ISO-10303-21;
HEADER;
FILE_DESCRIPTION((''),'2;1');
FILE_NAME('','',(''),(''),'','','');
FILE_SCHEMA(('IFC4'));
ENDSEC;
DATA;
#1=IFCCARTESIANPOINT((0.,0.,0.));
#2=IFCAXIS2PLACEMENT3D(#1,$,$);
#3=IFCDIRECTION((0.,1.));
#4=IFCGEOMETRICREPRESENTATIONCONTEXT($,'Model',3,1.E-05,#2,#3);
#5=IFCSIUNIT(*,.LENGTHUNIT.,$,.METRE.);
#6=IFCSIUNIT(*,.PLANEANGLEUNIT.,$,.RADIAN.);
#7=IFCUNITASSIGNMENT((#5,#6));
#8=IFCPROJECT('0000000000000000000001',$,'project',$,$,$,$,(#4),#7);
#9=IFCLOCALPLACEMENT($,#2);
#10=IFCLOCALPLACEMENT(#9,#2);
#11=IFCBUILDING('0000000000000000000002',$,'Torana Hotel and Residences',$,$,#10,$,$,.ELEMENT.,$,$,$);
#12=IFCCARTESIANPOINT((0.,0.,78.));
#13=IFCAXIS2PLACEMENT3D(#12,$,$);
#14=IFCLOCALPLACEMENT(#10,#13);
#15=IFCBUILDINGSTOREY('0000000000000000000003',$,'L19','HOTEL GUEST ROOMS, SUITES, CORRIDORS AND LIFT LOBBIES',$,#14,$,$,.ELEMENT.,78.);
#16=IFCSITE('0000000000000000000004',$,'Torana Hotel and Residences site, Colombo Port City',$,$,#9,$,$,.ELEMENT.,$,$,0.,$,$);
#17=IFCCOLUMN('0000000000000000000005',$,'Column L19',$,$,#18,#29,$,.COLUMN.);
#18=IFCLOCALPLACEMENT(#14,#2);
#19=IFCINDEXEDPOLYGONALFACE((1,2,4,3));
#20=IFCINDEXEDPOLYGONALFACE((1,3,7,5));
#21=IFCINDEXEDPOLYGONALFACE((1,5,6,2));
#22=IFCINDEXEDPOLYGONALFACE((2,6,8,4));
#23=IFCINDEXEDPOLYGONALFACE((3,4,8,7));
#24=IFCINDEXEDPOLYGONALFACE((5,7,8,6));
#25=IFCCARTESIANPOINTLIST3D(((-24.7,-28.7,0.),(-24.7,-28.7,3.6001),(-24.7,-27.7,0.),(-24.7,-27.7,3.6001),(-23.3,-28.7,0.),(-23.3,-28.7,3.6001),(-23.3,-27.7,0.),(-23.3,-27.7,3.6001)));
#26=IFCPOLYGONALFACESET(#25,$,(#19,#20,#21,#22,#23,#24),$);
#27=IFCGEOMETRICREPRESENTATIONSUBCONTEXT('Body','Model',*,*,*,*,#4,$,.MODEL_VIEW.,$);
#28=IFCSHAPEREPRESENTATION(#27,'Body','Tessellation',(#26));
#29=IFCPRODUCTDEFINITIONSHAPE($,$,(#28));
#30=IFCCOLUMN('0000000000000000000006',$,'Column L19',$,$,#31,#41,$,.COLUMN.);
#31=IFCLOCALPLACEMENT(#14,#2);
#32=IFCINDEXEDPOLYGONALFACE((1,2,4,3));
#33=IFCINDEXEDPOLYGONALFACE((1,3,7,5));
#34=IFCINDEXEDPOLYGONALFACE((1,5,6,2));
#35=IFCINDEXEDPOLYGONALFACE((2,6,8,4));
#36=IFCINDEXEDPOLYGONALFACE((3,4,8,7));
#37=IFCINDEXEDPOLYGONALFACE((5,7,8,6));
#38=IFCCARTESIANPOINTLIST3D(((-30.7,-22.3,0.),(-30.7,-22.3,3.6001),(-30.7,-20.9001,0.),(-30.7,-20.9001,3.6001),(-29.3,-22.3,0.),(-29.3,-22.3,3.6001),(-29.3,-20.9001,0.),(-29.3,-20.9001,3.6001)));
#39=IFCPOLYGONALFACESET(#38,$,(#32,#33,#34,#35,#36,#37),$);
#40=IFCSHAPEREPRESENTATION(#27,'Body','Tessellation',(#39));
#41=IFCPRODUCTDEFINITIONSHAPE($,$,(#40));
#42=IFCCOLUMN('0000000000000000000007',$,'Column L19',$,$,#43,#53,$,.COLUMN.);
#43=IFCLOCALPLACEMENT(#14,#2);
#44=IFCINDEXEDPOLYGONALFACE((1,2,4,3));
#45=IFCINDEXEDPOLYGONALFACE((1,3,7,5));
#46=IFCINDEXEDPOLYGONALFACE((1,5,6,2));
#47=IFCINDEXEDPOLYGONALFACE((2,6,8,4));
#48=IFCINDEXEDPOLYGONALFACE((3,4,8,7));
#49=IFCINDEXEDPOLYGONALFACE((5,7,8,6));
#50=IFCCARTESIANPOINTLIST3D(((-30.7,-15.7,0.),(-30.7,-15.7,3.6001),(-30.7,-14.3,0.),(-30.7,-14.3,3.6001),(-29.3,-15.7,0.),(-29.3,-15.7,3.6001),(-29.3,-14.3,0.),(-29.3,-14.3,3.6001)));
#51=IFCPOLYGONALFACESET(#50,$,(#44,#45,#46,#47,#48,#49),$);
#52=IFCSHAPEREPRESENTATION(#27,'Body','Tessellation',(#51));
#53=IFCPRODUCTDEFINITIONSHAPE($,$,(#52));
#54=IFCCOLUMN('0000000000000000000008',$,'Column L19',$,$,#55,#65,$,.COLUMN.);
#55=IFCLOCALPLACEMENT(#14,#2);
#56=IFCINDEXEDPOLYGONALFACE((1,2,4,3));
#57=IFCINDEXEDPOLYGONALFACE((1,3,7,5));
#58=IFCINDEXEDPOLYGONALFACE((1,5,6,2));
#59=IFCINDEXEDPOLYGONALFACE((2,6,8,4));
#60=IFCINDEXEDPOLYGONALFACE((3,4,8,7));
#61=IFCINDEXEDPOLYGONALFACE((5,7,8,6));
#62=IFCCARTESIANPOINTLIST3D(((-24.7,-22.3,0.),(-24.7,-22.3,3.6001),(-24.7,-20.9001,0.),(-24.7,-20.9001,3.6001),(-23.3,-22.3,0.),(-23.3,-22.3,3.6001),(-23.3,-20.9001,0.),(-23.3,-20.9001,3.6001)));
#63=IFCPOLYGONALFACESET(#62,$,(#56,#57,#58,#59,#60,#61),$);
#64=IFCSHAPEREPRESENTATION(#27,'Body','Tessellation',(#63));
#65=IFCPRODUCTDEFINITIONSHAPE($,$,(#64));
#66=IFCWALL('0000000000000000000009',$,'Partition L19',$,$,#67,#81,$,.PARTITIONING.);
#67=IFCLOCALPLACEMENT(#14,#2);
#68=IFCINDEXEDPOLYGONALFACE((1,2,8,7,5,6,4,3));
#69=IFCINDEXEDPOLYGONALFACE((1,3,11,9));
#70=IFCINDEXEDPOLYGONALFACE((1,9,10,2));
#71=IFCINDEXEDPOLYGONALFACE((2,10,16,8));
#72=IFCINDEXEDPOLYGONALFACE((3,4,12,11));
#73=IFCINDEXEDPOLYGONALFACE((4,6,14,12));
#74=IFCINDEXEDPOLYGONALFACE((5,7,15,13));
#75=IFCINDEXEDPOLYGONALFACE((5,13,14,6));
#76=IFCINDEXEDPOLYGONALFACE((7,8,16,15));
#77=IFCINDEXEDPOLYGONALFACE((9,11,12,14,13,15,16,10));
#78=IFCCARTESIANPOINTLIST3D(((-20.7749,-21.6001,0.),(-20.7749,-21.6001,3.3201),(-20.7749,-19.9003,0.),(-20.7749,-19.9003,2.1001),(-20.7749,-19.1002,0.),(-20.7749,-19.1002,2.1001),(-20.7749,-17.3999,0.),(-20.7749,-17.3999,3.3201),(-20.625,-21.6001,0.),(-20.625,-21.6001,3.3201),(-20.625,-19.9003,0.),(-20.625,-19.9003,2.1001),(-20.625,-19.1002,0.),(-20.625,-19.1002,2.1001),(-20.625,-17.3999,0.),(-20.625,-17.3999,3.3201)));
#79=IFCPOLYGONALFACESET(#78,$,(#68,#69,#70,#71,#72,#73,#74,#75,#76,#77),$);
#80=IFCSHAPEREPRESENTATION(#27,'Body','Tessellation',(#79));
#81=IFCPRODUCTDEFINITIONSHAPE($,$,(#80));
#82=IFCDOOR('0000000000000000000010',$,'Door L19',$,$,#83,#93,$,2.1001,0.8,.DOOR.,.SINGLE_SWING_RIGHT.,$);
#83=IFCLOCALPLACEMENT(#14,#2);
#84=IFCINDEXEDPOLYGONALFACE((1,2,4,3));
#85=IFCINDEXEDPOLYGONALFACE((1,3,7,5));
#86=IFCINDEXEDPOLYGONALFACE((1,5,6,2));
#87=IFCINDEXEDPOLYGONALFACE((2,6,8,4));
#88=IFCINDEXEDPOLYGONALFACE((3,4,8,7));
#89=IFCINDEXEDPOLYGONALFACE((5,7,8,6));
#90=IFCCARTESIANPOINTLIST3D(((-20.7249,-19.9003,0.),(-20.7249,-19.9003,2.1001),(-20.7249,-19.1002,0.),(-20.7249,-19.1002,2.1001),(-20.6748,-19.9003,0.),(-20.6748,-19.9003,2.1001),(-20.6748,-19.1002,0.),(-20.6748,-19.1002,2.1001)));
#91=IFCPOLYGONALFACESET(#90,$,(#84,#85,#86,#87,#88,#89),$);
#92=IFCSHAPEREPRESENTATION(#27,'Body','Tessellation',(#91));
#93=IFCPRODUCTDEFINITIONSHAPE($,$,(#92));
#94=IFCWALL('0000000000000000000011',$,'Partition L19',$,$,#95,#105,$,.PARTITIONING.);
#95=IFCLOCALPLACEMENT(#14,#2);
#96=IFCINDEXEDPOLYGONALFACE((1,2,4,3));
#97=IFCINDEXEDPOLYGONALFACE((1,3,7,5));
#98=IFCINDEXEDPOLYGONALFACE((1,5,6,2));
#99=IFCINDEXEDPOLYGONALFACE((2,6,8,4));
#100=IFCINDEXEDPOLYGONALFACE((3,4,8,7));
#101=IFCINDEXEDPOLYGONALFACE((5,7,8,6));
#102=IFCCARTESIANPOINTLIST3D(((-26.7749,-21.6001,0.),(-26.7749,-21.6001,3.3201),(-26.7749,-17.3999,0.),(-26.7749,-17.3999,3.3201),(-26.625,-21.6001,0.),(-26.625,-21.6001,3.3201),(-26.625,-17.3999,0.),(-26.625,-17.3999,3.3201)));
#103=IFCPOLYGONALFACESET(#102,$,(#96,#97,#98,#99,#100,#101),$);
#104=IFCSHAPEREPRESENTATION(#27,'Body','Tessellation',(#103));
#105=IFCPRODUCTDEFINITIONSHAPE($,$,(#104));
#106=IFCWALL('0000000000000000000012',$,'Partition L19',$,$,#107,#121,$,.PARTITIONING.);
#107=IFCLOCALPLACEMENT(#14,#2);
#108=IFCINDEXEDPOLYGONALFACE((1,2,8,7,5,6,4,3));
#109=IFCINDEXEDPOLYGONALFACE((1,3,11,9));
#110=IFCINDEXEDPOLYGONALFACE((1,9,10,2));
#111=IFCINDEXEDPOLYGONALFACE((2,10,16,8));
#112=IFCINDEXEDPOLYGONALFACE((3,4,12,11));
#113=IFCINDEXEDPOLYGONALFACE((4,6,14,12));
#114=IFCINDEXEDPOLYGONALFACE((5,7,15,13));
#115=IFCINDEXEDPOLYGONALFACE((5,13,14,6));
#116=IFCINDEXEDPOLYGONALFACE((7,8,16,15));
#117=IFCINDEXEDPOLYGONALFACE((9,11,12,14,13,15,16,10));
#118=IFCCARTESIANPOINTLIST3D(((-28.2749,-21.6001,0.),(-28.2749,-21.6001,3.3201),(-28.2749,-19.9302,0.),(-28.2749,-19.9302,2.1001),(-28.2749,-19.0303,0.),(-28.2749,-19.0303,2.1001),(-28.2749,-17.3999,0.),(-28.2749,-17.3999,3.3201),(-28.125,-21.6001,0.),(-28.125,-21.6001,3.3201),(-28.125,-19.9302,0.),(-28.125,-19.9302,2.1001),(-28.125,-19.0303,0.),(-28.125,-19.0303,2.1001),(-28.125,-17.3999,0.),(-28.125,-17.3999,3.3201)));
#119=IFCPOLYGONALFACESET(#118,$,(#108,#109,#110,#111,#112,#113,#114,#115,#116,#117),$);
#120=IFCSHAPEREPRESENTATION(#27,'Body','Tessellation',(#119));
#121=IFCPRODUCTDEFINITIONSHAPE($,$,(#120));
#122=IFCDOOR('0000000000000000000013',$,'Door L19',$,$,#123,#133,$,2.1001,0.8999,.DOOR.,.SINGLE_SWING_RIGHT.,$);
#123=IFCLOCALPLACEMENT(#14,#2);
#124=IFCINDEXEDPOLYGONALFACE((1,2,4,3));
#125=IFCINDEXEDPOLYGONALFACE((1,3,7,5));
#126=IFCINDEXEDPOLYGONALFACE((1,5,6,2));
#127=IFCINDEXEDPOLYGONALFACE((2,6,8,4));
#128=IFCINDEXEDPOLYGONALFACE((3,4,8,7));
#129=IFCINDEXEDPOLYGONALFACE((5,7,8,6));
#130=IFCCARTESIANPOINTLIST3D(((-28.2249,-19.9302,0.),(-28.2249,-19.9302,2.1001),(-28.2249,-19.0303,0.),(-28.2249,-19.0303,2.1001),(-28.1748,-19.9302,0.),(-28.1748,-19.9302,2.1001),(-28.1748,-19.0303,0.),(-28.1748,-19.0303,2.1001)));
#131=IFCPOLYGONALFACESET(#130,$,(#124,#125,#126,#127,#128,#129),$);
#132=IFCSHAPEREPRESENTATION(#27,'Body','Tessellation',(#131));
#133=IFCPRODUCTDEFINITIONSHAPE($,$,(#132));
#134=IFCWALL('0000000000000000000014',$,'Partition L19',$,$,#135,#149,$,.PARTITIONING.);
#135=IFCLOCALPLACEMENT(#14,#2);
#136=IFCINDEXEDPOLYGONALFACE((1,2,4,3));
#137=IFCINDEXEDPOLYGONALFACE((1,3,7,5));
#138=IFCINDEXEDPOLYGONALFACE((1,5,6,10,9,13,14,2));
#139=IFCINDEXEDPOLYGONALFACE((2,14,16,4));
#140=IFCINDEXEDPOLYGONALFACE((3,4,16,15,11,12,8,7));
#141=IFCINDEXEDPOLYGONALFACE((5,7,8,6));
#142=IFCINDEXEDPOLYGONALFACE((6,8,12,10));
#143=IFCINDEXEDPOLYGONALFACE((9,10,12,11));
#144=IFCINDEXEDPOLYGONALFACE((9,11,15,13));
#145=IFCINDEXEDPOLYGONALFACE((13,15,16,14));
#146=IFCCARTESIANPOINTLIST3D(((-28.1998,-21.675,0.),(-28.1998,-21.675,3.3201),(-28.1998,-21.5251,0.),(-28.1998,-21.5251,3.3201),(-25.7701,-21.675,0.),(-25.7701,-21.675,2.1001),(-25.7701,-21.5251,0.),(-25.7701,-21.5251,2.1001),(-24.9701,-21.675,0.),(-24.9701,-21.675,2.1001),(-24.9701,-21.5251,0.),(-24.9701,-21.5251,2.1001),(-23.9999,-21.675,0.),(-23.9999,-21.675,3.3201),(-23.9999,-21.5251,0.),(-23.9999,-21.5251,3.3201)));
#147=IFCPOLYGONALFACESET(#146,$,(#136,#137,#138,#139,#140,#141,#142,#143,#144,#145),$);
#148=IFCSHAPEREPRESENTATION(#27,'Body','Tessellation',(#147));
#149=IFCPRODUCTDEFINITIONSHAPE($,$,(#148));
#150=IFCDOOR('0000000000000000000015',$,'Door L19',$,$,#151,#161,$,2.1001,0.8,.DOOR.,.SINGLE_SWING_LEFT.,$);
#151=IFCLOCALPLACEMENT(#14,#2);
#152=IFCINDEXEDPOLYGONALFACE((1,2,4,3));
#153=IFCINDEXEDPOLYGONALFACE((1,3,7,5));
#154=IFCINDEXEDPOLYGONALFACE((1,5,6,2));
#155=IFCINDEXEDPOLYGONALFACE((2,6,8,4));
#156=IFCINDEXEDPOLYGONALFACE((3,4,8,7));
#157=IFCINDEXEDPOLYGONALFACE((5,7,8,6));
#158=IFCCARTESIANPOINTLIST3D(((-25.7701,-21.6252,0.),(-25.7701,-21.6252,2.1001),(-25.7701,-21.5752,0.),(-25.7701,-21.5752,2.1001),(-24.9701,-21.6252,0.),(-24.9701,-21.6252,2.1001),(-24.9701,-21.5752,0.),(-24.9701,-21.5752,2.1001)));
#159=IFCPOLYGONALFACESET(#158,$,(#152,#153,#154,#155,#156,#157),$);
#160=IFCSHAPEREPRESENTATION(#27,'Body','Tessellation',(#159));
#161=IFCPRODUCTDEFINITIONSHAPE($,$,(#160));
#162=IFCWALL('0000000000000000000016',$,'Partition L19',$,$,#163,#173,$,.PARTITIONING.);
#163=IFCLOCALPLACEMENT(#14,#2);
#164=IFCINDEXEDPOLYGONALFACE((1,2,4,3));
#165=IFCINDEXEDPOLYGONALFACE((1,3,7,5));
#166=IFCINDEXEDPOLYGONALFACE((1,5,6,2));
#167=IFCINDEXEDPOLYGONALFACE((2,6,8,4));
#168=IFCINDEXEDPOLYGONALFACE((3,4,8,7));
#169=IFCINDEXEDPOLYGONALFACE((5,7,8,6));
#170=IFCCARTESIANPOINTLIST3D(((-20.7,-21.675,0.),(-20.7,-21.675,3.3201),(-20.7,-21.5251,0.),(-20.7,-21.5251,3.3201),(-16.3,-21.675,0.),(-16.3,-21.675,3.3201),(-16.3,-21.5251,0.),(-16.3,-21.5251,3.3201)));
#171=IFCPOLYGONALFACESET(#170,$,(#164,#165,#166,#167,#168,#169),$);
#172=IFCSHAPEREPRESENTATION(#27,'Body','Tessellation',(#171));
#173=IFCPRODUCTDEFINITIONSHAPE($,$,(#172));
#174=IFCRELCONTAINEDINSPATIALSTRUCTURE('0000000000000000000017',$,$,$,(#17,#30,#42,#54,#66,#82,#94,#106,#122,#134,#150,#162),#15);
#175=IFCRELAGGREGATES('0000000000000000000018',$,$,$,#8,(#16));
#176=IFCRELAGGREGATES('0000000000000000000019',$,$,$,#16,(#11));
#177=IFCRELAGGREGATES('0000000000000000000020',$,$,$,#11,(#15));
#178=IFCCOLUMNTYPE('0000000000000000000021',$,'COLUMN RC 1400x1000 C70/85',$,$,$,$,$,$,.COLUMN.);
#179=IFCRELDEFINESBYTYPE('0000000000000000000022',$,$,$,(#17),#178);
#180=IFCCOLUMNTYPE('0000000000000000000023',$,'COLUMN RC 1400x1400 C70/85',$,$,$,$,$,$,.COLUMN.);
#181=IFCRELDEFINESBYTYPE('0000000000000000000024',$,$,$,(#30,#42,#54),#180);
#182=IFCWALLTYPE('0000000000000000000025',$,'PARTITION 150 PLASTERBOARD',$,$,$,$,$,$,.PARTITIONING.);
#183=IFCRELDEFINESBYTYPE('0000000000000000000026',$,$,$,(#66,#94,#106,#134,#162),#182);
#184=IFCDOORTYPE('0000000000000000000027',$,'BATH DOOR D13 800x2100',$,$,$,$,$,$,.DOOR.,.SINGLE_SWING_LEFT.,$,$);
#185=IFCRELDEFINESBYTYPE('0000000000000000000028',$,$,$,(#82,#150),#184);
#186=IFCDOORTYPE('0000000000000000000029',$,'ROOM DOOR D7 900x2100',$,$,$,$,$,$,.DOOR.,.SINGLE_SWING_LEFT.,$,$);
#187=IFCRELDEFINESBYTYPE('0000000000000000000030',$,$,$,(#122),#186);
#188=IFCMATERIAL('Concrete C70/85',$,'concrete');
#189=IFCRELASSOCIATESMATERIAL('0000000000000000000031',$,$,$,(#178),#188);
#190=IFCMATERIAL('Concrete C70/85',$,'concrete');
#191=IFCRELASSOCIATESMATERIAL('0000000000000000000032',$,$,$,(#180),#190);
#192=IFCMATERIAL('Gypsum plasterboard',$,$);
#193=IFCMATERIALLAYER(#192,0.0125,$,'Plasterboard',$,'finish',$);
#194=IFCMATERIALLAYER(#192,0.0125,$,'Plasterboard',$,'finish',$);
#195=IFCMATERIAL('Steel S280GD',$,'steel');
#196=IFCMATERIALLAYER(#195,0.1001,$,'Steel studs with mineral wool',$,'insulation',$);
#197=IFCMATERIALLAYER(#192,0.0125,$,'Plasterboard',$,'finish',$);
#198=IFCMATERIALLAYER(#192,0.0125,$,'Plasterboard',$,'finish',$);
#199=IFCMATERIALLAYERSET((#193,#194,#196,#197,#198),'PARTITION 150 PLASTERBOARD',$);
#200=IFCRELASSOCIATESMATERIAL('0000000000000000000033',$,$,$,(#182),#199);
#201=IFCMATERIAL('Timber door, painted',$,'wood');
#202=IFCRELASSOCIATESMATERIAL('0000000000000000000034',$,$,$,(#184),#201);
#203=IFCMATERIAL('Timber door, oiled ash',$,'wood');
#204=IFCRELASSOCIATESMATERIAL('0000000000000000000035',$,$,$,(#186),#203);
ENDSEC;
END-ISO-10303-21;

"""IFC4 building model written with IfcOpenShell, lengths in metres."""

from ifc_helpers import new_model, si_unit, direction, frame, frame_2d, origin, origin_2d, place, context, subcontext, project, spatial, rectangle, extrude, material, layer, layer_set, material_profile, profile_set, type_object, element, fill, save


model = new_model("IFC4")

# Units and contexts
model_context = context("Model", 3, precision=1e-05, world=origin(), true_north=direction((0.0, 1.0)))
body_context = subcontext(model_context, "Body", "Model", "MODEL_VIEW")
ifc_project = project(units=[si_unit("LENGTHUNIT", "METRE"), si_unit("PLANEANGLEUNIT", "RADIAN")], contexts=[model_context])

# Site, building, storey
site_placement = place(None, origin())
site = spatial("IfcSite", under=ifc_project, at=site_placement, Name="Torana Hotel and Residences site, Colombo Port City", CompositionType="ELEMENT", RefElevation=0.0)
building_placement = place(site_placement, origin())
building = spatial("IfcBuilding", under=site, at=building_placement, Name="Torana Hotel and Residences", CompositionType="ELEMENT")
storey_placement = place(building_placement, frame((0.0, 0.0, 78.0)))
storey = spatial("IfcBuildingStorey", under=building, at=storey_placement, Name="L19", Description="HOTEL GUEST ROOMS, SUITES, CORRIDORS AND LIFT LOBBIES", CompositionType="ELEMENT", Elevation=78.0)

# Columns
ifc_material_1 = material(Name="Concrete C70/85", Category="concrete")
ifc_material_profile_1 = material_profile(ifc_material_1, rectangle(XDim=1.3999, YDim=1.0, at=origin_2d()), Name="RC 1400x1000")
ifc_profile_set_1 = profile_set([ifc_material_profile_1], Name="Concrete C70/85")
column_type_1 = type_object("IfcColumnType", Name="COLUMN RC 1400x1000 C70/85", PredefinedType="COLUMN", material=ifc_profile_set_1)
column_placement = place(storey_placement, frame((-24.0, -28.2, 0.0), z_axis=(0.0, 0.0, 1.0), x_axis=(1.0, 0.0, 0.0)))
element("IfcColumn", 1, at=column_placement, inside=storey, type_object=column_type_1, Name="Column L19", PredefinedType="COLUMN", context=body_context, shape_type="SweptSolid", body=[
    extrude(rectangle(XDim=1.3999, YDim=1.0, at=origin_2d()), origin(), (0.0, 0.0, 1.0), 3.6001),
])
ifc_material_2 = material(Name="Concrete C70/85", Category="concrete")
ifc_material_profile_2 = material_profile(ifc_material_2, rectangle(XDim=1.3999, YDim=1.3999, at=origin_2d()), Name="RC 1400x1400")
ifc_profile_set_2 = profile_set([ifc_material_profile_2], Name="Concrete C70/85")
column_type_2 = type_object("IfcColumnType", Name="COLUMN RC 1400x1400 C70/85", PredefinedType="COLUMN", material=ifc_profile_set_2)
for number, where, z_axis, x_axis, name in (
    (2, (-30.0, -21.6001, 0.0), (0.0, 0.0, 1.0), (1.0, 0.0, 0.0), "Column L19"),
    (3, (-30.0, -15.0, 0.0), (0.0, 0.0, 1.0), (1.0, 0.0, 0.0), "Column L19"),
    (4, (-24.0, -21.6001, 0.0), (0.0, 0.0, 1.0), (1.0, 0.0, 0.0), "Column L19"),
):
    element("IfcColumn", number, at=place(storey_placement, frame(where, z_axis=z_axis, x_axis=x_axis)), inside=storey, type_object=column_type_2, Name=name, PredefinedType="COLUMN", context=body_context, shape_type="SweptSolid", body=[
        extrude(rectangle(XDim=1.3999, YDim=1.3999, at=origin_2d()), origin(), (0.0, 0.0, 1.0), 3.6001),
    ])

# Wall, opening, door
ifc_material_3 = material(Name="Gypsum plasterboard")
ifc_layer_1 = layer(ifc_material_3, 0.0125, Name="Plasterboard", Category="finish")
ifc_layer_2 = layer(ifc_material_3, 0.0125, Name="Plasterboard", Category="finish")
ifc_material_4 = material(Name="Steel S280GD", Category="steel")
ifc_layer_3 = layer(ifc_material_4, 0.1001, Name="Steel studs with mineral wool", Category="insulation")
ifc_layer_4 = layer(ifc_material_3, 0.0125, Name="Plasterboard", Category="finish")
ifc_layer_5 = layer(ifc_material_3, 0.0125, Name="Plasterboard", Category="finish")
ifc_layer_set = layer_set([ifc_layer_1, ifc_layer_2, ifc_layer_3, ifc_layer_4, ifc_layer_5], Name="PARTITION 150 PLASTERBOARD")
wall_type = type_object("IfcWallType", Name="PARTITION 150 PLASTERBOARD", PredefinedType="PARTITIONING", material=ifc_layer_set)
wall_1_placement = place(storey_placement, frame((-20.7, -21.6001, 0.0), z_axis=(0.0, 0.0, 1.0), x_axis=(0.0, 1.0, 0.0)))
wall_1 = element("IfcWall", 5, at=wall_1_placement, inside=storey, type_object=wall_type, Name="Partition L19", PredefinedType="PARTITIONING", context=body_context, shape_type="SweptSolid", body=[
    extrude(rectangle(XDim=4.2002, YDim=0.1499, at=frame_2d((2.1001, 0.0))), origin(), (0.0, 0.0, 1.0), 3.3201),
])
opening_1_placement = place(wall_1_placement, frame((1.7, 0.0, 0.0)))
opening_1 = element("IfcOpeningElement", 6, at=opening_1_placement, cuts=wall_1, PredefinedType="OPENING", context=body_context, shape_type="SweptSolid", body=[
    extrude(rectangle(XDim=0.8, YDim=2.1001, at=frame_2d((0.3999, 1.05))), frame((0.0, 0.085, 0.0), z_axis=(0.0, -1.0, 0.0), x_axis=(1.0, 0.0, 0.0)), (0.0, 0.0, 1.0), 0.1699),
])
ifc_material_5 = material(Name="Timber door, painted", Category="wood")
door_type_1 = type_object("IfcDoorType", Name="BATH DOOR D13 800x2100", OperationType="SINGLE_SWING_LEFT", PredefinedType="DOOR", material=ifc_material_5)
door_1_placement = place(opening_1_placement, origin())
door_1 = element("IfcDoor", 7, at=door_1_placement, inside=storey, type_object=door_type_1, Name="Door L19", OperationType="SINGLE_SWING_RIGHT", OverallHeight=2.1001, OverallWidth=0.8, PredefinedType="DOOR", context=body_context, shape_type="SweptSolid", body=[
    extrude(rectangle(XDim=0.8, YDim=2.1001, at=frame_2d((0.3999, 1.05))), frame((0.0, 0.0249, 0.0), z_axis=(0.0, -1.0, 0.0), x_axis=(1.0, 0.0, 0.0)), (0.0, 0.0, 1.0), 0.05),
])
fill(opening_1, door_1)

# Wall
wall_2_placement = place(storey_placement, frame((-26.7, -21.6001, 0.0), z_axis=(0.0, 0.0, 1.0), x_axis=(0.0, 1.0, 0.0)))
element("IfcWall", 8, at=wall_2_placement, inside=storey, type_object=wall_type, Name="Partition L19", PredefinedType="PARTITIONING", context=body_context, shape_type="SweptSolid", body=[
    extrude(rectangle(XDim=4.2002, YDim=0.1499, at=frame_2d((2.1001, 0.0))), origin(), (0.0, 0.0, 1.0), 3.3201),
])

# Walls, openings, doors
wall_3_placement = place(storey_placement, frame((-28.2, -21.6001, 0.0), z_axis=(0.0, 0.0, 1.0), x_axis=(0.0, 1.0, 0.0)))
wall_3 = element("IfcWall", 9, at=wall_3_placement, inside=storey, type_object=wall_type, Name="Partition L19", PredefinedType="PARTITIONING", context=body_context, shape_type="SweptSolid", body=[
    extrude(rectangle(XDim=4.2002, YDim=0.1499, at=frame_2d((2.1001, 0.0))), origin(), (0.0, 0.0, 1.0), 3.3201),
])
opening_2_placement = place(wall_3_placement, frame((1.6699, 0.0, 0.0)))
opening_2 = element("IfcOpeningElement", 10, at=opening_2_placement, cuts=wall_3, PredefinedType="OPENING", context=body_context, shape_type="SweptSolid", body=[
    extrude(rectangle(XDim=0.8999, YDim=2.1001, at=frame_2d((0.45, 1.05))), frame((0.0, 0.085, 0.0), z_axis=(0.0, -1.0, 0.0), x_axis=(1.0, 0.0, 0.0)), (0.0, 0.0, 1.0), 0.1699),
])
ifc_material_6 = material(Name="Timber door, oiled ash", Category="wood")
door_type_2 = type_object("IfcDoorType", Name="ROOM DOOR D7 900x2100", OperationType="SINGLE_SWING_LEFT", PredefinedType="DOOR", material=ifc_material_6)
door_2_placement = place(opening_2_placement, origin())
door_2 = element("IfcDoor", 11, at=door_2_placement, inside=storey, type_object=door_type_2, Name="Door L19", OperationType="SINGLE_SWING_RIGHT", OverallHeight=2.1001, OverallWidth=0.8999, PredefinedType="DOOR", context=body_context, shape_type="SweptSolid", body=[
    extrude(rectangle(XDim=0.8999, YDim=2.1001, at=frame_2d((0.45, 1.05))), frame((0.0, 0.0249, 0.0), z_axis=(0.0, -1.0, 0.0), x_axis=(1.0, 0.0, 0.0)), (0.0, 0.0, 1.0), 0.05),
])
fill(opening_2, door_2)
wall_4_placement = place(storey_placement, frame((-28.2, -21.6001, 0.0), z_axis=(0.0, 0.0, 1.0), x_axis=(1.0, 0.0, 0.0)))
wall_4 = element("IfcWall", 12, at=wall_4_placement, inside=storey, type_object=wall_type, Name="Partition L19", PredefinedType="PARTITIONING", context=body_context, shape_type="SweptSolid", body=[
    extrude(rectangle(XDim=4.2, YDim=0.1499, at=frame_2d((2.1001, 0.0))), origin(), (0.0, 0.0, 1.0), 3.3201),
])
opening_3_placement = place(wall_4_placement, frame((2.4299, 0.0, 0.0)))
opening_3 = element("IfcOpeningElement", 13, at=opening_3_placement, cuts=wall_4, PredefinedType="OPENING", context=body_context, shape_type="SweptSolid", body=[
    extrude(rectangle(XDim=0.8, YDim=2.1001, at=frame_2d((0.3999, 1.05))), frame((0.0, 0.085, 0.0), z_axis=(0.0, -1.0, 0.0), x_axis=(1.0, 0.0, 0.0)), (0.0, 0.0, 1.0), 0.1699),
])
door_3_placement = place(opening_3_placement, origin())
door_3 = element("IfcDoor", 14, at=door_3_placement, inside=storey, type_object=door_type_1, Name="Door L19", OperationType="SINGLE_SWING_LEFT", OverallHeight=2.1001, OverallWidth=0.8, PredefinedType="DOOR", context=body_context, shape_type="SweptSolid", body=[
    extrude(rectangle(XDim=0.8, YDim=2.1001, at=frame_2d((0.3999, 1.05))), frame((0.0, 0.0249, 0.0), z_axis=(0.0, -1.0, 0.0), x_axis=(1.0, 0.0, 0.0)), (0.0, 0.0, 1.0), 0.05),
])
fill(opening_3, door_3)

# Wall
wall_5_placement = place(storey_placement, frame((-20.7, -21.6001, 0.0), z_axis=(0.0, 0.0, 1.0), x_axis=(1.0, 0.0, 0.0)))
element("IfcWall", 15, at=wall_5_placement, inside=storey, type_object=wall_type, Name="Partition L19", PredefinedType="PARTITIONING", context=body_context, shape_type="SweptSolid", body=[
    extrude(rectangle(XDim=4.3999, YDim=0.1499, at=frame_2d((2.2, 0.0))), origin(), (0.0, 0.0, 1.0), 3.3201),
])

save(model, "model.ifc")
